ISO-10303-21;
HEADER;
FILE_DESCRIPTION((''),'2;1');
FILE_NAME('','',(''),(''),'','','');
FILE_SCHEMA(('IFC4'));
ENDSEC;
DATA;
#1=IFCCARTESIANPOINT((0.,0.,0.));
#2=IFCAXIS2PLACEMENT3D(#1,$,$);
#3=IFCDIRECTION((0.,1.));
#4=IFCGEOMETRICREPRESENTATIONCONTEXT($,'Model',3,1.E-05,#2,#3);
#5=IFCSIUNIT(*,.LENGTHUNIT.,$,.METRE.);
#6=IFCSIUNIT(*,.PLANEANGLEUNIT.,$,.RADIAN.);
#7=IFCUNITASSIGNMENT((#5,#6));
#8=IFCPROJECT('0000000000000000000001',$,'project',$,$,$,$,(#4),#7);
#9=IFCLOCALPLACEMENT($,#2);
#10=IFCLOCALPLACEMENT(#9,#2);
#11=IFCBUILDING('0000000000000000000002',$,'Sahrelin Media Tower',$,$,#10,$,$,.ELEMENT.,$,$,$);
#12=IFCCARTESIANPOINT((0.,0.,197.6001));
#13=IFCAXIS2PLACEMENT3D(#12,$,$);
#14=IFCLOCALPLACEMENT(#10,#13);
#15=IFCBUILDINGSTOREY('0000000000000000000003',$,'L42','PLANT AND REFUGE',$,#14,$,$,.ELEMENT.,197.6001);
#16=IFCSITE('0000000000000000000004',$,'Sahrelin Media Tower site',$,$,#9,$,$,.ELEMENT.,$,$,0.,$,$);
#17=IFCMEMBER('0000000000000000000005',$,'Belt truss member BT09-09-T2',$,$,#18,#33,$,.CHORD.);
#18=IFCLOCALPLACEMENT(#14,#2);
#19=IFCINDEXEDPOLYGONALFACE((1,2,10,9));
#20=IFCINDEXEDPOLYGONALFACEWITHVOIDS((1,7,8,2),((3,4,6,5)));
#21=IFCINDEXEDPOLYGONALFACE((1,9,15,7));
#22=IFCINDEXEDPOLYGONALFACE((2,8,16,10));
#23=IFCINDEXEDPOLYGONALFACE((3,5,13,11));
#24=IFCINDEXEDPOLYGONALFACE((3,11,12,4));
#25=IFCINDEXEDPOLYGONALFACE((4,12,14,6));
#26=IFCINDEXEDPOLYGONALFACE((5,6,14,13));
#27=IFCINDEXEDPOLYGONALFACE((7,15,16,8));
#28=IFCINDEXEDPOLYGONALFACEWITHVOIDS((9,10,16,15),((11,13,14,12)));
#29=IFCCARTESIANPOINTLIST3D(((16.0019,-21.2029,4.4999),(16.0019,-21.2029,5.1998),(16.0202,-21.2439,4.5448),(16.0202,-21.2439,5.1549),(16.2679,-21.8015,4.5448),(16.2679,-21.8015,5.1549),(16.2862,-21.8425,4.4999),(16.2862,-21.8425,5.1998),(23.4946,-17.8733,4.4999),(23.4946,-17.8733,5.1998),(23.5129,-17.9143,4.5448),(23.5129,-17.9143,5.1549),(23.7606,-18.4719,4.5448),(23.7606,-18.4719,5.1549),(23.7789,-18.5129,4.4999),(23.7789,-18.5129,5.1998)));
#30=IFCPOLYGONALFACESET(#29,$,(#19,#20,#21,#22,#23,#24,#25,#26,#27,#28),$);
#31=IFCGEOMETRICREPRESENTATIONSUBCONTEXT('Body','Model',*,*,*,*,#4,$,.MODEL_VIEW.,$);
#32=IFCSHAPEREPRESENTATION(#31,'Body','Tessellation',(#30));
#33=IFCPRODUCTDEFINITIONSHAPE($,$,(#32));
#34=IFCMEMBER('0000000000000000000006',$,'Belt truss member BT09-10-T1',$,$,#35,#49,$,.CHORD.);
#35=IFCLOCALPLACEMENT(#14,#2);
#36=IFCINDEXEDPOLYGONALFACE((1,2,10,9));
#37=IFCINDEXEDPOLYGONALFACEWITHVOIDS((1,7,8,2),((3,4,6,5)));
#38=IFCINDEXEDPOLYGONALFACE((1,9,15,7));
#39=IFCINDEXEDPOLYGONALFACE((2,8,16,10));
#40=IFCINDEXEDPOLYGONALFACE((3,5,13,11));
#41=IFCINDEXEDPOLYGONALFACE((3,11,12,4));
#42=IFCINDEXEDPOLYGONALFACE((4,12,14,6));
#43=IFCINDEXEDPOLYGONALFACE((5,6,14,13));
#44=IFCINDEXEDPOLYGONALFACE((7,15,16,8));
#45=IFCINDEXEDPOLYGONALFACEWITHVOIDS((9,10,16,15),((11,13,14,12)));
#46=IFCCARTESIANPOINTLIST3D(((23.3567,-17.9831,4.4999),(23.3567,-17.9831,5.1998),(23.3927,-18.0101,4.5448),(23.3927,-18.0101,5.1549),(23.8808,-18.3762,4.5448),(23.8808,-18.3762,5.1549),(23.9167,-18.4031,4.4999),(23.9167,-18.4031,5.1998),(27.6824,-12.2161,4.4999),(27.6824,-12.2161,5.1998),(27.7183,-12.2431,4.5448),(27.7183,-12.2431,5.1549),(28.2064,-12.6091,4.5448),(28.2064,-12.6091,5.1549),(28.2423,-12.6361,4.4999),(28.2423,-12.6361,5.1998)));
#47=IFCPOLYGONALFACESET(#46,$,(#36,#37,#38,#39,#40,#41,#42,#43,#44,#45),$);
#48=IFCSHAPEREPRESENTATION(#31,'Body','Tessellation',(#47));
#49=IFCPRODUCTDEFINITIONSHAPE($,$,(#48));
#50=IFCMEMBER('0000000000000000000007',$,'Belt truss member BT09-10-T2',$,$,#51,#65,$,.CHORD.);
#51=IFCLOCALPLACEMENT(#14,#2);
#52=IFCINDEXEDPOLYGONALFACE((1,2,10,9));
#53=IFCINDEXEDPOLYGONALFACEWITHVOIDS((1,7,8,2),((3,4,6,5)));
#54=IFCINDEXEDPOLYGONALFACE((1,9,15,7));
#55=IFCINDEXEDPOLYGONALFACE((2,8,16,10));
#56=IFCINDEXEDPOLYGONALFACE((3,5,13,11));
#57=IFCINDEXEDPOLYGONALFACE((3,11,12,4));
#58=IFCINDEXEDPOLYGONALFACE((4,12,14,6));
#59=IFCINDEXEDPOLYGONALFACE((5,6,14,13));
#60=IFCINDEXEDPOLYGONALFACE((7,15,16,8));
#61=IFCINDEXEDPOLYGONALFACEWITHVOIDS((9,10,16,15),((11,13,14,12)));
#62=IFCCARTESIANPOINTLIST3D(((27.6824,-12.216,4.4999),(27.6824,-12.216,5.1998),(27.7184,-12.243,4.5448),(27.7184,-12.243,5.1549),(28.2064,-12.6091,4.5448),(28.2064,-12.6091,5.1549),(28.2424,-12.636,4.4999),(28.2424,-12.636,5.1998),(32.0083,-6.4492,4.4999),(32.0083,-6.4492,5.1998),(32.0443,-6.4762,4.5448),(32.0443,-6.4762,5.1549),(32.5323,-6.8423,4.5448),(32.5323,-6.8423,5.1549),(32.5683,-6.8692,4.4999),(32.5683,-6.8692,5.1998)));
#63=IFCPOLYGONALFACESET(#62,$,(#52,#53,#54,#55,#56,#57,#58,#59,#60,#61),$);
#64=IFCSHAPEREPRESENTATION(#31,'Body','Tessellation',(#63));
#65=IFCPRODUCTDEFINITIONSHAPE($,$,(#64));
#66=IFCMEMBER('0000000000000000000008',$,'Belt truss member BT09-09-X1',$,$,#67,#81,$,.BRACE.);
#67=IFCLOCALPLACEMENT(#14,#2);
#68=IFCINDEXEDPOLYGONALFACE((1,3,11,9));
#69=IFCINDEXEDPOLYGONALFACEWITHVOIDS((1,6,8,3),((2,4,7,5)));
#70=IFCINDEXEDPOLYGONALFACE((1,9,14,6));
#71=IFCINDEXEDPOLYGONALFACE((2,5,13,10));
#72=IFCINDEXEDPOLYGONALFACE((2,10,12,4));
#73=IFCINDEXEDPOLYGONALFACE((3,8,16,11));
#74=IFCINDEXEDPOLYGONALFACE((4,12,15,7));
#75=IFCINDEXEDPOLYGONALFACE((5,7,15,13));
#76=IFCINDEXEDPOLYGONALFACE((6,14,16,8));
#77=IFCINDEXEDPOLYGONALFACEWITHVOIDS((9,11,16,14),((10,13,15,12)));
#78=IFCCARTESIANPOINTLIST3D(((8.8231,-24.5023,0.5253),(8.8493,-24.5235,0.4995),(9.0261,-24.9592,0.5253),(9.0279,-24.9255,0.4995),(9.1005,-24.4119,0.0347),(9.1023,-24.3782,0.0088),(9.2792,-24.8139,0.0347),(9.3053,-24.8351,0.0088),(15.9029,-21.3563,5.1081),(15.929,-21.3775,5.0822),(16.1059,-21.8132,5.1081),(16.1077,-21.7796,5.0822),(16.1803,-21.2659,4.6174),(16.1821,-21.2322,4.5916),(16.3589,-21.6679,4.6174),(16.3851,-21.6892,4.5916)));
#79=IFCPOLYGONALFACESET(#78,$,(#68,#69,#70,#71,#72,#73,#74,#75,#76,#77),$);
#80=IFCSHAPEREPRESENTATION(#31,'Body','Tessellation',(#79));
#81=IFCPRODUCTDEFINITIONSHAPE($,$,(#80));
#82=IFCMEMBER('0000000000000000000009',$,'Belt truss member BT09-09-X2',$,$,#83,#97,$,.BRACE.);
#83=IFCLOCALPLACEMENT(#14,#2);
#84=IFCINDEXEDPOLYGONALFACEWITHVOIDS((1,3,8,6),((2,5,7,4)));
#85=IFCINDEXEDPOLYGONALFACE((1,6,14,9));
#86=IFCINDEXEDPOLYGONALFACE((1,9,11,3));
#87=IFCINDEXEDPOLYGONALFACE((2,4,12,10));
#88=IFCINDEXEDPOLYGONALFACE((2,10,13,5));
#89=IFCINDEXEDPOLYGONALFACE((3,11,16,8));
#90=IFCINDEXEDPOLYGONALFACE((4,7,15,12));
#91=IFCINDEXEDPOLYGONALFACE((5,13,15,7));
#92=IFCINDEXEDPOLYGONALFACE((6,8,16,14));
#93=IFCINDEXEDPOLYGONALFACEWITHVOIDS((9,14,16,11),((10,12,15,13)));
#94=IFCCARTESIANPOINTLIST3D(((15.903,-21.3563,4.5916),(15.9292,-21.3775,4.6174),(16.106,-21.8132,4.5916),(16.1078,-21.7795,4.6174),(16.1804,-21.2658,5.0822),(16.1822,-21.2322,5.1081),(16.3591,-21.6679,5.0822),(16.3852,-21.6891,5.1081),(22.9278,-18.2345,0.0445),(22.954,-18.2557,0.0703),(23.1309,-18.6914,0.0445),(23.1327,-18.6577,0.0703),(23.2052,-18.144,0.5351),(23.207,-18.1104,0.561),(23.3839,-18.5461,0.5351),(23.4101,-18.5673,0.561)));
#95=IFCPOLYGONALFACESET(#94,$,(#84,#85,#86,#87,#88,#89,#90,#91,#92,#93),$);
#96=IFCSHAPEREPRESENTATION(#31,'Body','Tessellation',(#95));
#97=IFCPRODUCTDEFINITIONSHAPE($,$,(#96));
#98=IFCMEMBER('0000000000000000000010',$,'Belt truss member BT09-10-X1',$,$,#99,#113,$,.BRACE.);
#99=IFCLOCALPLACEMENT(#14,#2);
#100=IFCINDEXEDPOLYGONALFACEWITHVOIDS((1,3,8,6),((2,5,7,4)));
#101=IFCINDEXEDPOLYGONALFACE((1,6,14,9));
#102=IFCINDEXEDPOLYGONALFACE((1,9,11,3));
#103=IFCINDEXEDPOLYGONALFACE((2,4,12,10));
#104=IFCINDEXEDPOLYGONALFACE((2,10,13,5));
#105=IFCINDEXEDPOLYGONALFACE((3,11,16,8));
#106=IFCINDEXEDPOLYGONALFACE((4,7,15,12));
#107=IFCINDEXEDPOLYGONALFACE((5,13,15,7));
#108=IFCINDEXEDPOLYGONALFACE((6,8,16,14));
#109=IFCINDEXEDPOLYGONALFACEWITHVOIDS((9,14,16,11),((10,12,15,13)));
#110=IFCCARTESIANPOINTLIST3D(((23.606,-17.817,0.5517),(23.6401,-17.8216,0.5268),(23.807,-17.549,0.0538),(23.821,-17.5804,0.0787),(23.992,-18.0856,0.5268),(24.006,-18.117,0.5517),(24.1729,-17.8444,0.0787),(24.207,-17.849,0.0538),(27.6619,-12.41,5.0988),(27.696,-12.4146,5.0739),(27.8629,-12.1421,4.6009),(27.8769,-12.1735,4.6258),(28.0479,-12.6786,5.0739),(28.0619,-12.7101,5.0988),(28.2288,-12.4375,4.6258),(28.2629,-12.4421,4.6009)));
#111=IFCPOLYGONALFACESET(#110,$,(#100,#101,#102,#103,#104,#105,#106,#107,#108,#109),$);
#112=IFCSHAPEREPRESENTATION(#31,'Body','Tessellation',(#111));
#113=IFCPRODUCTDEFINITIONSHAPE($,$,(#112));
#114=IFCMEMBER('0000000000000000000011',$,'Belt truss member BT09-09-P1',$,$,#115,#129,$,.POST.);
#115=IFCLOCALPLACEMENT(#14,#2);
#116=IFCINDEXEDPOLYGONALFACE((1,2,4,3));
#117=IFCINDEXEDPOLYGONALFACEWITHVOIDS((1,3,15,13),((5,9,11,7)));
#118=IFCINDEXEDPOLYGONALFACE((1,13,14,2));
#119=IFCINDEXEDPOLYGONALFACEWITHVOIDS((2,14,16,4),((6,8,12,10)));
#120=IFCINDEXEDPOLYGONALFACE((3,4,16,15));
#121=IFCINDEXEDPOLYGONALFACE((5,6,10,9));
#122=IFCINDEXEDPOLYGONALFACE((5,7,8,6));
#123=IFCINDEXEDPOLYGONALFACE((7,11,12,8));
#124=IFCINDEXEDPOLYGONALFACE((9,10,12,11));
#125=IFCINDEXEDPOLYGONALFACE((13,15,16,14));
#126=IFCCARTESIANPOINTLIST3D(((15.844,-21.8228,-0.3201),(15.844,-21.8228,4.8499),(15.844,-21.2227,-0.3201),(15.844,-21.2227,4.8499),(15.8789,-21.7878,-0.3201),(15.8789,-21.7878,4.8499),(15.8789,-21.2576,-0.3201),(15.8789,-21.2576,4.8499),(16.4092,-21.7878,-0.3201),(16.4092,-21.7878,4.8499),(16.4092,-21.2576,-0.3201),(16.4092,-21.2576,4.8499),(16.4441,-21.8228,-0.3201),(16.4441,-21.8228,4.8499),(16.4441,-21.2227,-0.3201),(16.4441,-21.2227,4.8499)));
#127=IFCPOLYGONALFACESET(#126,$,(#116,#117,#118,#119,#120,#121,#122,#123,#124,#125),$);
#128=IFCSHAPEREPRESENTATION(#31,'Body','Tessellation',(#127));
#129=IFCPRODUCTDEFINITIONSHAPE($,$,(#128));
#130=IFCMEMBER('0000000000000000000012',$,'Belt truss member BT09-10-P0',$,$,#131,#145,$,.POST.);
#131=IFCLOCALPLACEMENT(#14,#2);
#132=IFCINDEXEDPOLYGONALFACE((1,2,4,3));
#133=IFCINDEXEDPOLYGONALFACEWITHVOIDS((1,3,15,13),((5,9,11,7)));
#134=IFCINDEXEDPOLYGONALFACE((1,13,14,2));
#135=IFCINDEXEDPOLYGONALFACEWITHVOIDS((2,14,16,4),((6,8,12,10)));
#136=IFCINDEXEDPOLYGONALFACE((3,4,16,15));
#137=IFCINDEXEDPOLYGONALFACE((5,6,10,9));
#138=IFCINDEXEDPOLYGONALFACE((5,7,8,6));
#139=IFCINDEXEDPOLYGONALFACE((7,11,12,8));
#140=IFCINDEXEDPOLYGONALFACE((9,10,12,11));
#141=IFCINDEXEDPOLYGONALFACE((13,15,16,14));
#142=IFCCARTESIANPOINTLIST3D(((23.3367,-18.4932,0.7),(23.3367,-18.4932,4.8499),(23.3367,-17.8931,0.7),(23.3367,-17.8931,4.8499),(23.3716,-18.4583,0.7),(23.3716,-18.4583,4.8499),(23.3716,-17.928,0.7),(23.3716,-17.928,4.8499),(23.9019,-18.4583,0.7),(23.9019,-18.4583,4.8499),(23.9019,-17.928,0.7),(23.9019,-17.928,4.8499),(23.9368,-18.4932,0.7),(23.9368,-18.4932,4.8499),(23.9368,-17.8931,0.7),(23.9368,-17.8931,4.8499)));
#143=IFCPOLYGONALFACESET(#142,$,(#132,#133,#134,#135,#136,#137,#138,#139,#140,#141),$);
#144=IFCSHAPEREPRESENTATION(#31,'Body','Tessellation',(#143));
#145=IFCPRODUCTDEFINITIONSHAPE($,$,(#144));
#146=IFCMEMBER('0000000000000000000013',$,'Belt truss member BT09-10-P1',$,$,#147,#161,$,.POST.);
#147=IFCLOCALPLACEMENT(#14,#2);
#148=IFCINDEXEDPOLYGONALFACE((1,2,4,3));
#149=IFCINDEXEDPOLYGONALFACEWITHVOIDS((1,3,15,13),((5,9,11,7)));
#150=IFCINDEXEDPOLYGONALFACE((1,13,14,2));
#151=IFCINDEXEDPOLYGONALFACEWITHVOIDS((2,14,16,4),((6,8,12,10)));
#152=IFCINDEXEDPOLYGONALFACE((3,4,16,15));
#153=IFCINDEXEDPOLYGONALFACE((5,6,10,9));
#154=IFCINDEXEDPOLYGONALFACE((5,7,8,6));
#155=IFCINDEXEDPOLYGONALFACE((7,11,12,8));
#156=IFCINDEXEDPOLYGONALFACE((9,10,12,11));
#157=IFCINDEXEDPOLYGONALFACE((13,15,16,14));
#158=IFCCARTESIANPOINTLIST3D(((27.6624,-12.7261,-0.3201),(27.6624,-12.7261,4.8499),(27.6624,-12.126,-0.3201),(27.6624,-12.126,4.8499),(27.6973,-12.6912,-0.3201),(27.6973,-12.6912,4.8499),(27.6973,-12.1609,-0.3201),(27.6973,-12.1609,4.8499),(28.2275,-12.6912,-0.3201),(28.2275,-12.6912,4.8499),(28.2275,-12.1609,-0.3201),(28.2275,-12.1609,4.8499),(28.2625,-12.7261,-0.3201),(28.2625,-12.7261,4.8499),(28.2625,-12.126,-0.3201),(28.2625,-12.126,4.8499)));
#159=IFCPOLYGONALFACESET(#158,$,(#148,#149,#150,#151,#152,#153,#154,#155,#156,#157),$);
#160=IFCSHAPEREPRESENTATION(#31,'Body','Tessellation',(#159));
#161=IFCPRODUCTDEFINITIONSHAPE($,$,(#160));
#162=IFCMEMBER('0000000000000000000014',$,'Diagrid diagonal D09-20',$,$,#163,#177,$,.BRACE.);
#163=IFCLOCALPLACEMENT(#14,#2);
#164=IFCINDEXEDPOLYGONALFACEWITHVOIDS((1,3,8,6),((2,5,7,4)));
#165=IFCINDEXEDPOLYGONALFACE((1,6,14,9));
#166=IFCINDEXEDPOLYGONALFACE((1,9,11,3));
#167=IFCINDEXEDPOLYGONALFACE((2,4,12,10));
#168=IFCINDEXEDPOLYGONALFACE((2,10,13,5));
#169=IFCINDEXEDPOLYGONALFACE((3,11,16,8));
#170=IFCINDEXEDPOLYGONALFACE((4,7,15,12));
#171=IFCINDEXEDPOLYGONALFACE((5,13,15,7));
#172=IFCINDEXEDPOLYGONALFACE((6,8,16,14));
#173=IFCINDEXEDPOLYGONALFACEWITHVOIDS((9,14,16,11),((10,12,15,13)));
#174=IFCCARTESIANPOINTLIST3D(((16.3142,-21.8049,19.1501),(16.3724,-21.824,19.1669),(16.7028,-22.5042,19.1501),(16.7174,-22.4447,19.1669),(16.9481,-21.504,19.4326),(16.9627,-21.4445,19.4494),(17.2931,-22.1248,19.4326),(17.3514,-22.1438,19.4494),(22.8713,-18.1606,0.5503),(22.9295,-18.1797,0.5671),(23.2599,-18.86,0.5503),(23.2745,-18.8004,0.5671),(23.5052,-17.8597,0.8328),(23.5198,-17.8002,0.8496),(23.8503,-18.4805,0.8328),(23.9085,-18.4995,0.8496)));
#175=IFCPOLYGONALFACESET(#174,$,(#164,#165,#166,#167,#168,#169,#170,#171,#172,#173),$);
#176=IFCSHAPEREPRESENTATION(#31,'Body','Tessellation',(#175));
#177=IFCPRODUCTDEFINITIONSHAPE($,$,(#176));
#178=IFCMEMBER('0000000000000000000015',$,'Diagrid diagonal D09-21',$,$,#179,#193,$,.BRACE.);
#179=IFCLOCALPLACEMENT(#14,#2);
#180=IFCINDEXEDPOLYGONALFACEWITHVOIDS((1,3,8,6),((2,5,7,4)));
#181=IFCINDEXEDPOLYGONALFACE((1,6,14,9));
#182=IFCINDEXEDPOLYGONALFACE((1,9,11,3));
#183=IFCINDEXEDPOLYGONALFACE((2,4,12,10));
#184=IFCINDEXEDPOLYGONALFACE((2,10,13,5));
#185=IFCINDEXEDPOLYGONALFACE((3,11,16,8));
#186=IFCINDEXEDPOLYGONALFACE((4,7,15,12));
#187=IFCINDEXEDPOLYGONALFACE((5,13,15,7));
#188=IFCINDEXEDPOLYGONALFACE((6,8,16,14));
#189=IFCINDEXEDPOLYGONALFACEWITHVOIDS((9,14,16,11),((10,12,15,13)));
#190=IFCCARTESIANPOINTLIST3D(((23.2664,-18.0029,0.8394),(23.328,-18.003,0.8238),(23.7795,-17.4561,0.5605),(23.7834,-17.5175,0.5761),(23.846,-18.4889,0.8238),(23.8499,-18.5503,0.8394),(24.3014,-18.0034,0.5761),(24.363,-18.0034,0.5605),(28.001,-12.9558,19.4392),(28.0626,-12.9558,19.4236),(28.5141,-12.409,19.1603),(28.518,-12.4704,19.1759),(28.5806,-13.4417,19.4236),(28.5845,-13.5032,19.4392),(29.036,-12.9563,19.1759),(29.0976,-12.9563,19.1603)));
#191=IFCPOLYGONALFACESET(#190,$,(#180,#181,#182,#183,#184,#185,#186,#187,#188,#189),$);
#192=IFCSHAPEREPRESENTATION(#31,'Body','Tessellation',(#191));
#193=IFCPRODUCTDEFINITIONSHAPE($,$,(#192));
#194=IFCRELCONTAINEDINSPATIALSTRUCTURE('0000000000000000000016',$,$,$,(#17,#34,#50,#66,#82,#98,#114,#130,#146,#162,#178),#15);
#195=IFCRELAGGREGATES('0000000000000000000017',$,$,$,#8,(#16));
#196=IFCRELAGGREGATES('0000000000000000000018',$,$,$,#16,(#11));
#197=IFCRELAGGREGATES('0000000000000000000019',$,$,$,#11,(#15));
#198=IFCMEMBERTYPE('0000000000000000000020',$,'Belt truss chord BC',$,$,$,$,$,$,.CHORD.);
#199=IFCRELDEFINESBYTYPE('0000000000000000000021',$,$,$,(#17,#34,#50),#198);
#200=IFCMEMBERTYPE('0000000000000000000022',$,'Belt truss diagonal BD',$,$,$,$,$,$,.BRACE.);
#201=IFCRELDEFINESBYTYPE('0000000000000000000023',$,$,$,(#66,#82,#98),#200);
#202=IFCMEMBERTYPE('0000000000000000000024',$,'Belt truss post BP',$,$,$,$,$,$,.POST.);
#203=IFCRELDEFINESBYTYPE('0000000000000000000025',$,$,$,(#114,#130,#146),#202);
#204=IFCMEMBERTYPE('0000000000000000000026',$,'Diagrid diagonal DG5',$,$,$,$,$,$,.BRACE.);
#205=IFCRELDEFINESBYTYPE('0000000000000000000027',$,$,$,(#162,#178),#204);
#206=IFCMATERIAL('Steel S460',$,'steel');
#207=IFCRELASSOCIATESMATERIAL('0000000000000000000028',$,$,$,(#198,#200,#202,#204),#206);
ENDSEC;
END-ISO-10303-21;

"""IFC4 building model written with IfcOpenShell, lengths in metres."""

from ifc_helpers import new_model, si_unit, direction, frame, origin, origin_2d, place, context, subcontext, project, spatial, hollow_rectangle, extrude, material, material_profile, profile_set, type_object, element, save


model = new_model("IFC4")

# Units and contexts
model_context = context("Model", 3, precision=1e-05, world=origin(), true_north=direction((0.0, 1.0)))
body_context = subcontext(model_context, "Body", "Model", "MODEL_VIEW")
ifc_project = project(units=[si_unit("LENGTHUNIT", "METRE"), si_unit("PLANEANGLEUNIT", "RADIAN")], contexts=[model_context])

# Site, building, storey
site_placement = place(None, origin())
site = spatial("IfcSite", under=ifc_project, at=site_placement, Name="Sahrelin Media Tower site", CompositionType="ELEMENT", RefElevation=0.0)
building_placement = place(site_placement, origin())
building = spatial("IfcBuilding", under=site, at=building_placement, Name="Sahrelin Media Tower", CompositionType="ELEMENT")
storey_placement = place(building_placement, frame((0.0, 0.0, 197.6001)))
storey = spatial("IfcBuildingStorey", under=building, at=storey_placement, Name="L42", Description="PLANT AND REFUGE", CompositionType="ELEMENT", Elevation=197.6001)

# Members
ifc_material_1 = material(Name="Steel S460", Category="steel")
ifc_material_profile_1 = material_profile(ifc_material_1, hollow_rectangle(XDim=0.7, YDim=0.7, WallThickness=0.0449, at=origin_2d()), Name="Belt truss chord BC")
ifc_profile_set_1 = profile_set([ifc_material_profile_1], Name="Steel S460")
member_type_1 = type_object("IfcMemberType", Name="Belt truss chord BC", PredefinedType="CHORD", material=ifc_profile_set_1)
member_1_placement = place(storey_placement, frame((16.144, -21.5227, 4.8499), z_axis=(0.913834, 0.406089, 0.0), x_axis=(-0.406089, 0.913834, 0.0)))
element("IfcMember", 1, at=member_1_placement, inside=storey, type_object=member_type_1, Name="Belt truss member BT09-09-T2", PredefinedType="CHORD", context=body_context, shape_type="SweptSolid", body=[
    extrude(hollow_rectangle(XDim=0.7, YDim=0.7, WallThickness=0.0449, at=origin_2d()), origin(), (0.0, 0.0, 1.0), 8.1992),
])
for number, where, z_axis, x_axis, name in (
    (2, (23.6367, -18.1931, 4.8499), (0.600033, 0.799976, 0.0), (-0.799976, 0.600033, 0.0), "Belt truss member BT09-10-T1"),
    (3, (27.9624, -12.426, 4.8499), (0.60007, 0.799947, 0.0), (-0.799947, 0.60007, 0.0), "Belt truss member BT09-10-T2"),
):
    element("IfcMember", number, at=place(storey_placement, frame(where, z_axis=z_axis, x_axis=x_axis)), inside=storey, type_object=member_type_1, Name=name, PredefinedType="CHORD", context=body_context, shape_type="SweptSolid", body=[
        extrude(hollow_rectangle(XDim=0.7, YDim=0.7, WallThickness=0.0449, at=origin_2d()), origin(), (0.0, 0.0, 1.0), 7.209),
    ])
ifc_material_profile_2 = material_profile(ifc_material_1, hollow_rectangle(XDim=0.5, YDim=0.6001, WallThickness=0.03, at=origin_2d()), Name="Belt truss diagonal BD")
ifc_profile_set_2 = profile_set([ifc_material_profile_2], Name="Steel S460")
member_type_2 = type_object("IfcMemberType", Name="Belt truss diagonal BD", PredefinedType="BRACE", material=ifc_profile_set_2)
member_2_placement = place(storey_placement, frame((9.0642, -24.6687, 0.2671), z_axis=(0.786536, 0.349505, 0.509123), x_axis=(-0.406074, 0.91384, 0.0)))
element("IfcMember", 4, at=member_2_placement, inside=storey, type_object=member_type_2, Name="Belt truss member BT09-09-X1", PredefinedType="BRACE", context=body_context, shape_type="SweptSolid", body=[
    extrude(hollow_rectangle(XDim=0.5, YDim=0.6001, WallThickness=0.03, at=origin_2d()), origin(), (0.0, 0.0, 1.0), 9.0012),
])
member_3_placement = place(storey_placement, frame((23.1689, -18.4009, 0.3027), z_axis=(-0.786533, -0.349531, 0.509111), x_axis=(0.4061, -0.913829, 0.0)))
element("IfcMember", 5, at=member_3_placement, inside=storey, type_object=member_type_2, Name="Belt truss member BT09-09-X2", PredefinedType="BRACE", context=body_context, shape_type="SweptSolid", body=[
    extrude(hollow_rectangle(XDim=0.5, YDim=0.6001, WallThickness=0.03, at=origin_2d()), origin(), (0.0, 0.0, 1.0), 8.9314),
])
member_4_placement = place(storey_placement, frame((23.9065, -17.833, 0.3027), z_axis=(0.497884, 0.663735, 0.558182), x_axis=(-0.799952, 0.600064, 0.0)))
element("IfcMember", 6, at=member_4_placement, inside=storey, type_object=member_type_2, Name="Belt truss member BT09-10-X1", PredefinedType="BRACE", context=body_context, shape_type="SweptSolid", body=[
    extrude(hollow_rectangle(XDim=0.5, YDim=0.6001, WallThickness=0.03, at=origin_2d()), origin(), (0.0, 0.0, 1.0), 8.1462),
])
ifc_material_profile_3 = material_profile(ifc_material_1, hollow_rectangle(XDim=0.6001, YDim=0.6001, WallThickness=0.0349, at=origin_2d()), Name="Belt truss post BP")
ifc_profile_set_3 = profile_set([ifc_material_profile_3], Name="Steel S460")
member_type_3 = type_object("IfcMemberType", Name="Belt truss post BP", PredefinedType="POST", material=ifc_profile_set_3)
member_5_placement = place(storey_placement, frame((16.144, -21.5227, -0.3201), z_axis=(0.0, 0.0, 1.0), x_axis=(1.0, 0.0, 0.0)))
element("IfcMember", 7, at=member_5_placement, inside=storey, type_object=member_type_3, Name="Belt truss member BT09-09-P1", PredefinedType="POST", context=body_context, shape_type="SweptSolid", body=[
    extrude(hollow_rectangle(XDim=0.6001, YDim=0.6001, WallThickness=0.0349, at=origin_2d()), origin(), (0.0, 0.0, 1.0), 5.1699),
])
member_6_placement = place(storey_placement, frame((23.6367, -18.1931, 0.7), z_axis=(0.0, 0.0, 1.0), x_axis=(1.0, 0.0, 0.0)))
element("IfcMember", 8, at=member_6_placement, inside=storey, type_object=member_type_3, Name="Belt truss member BT09-10-P0", PredefinedType="POST", context=body_context, shape_type="SweptSolid", body=[
    extrude(hollow_rectangle(XDim=0.6001, YDim=0.6001, WallThickness=0.0349, at=origin_2d()), origin(), (0.0, 0.0, 1.0), 4.1499),
])
member_7_placement = place(storey_placement, frame((27.9624, -12.426, -0.3201), z_axis=(0.0, 0.0, 1.0), x_axis=(1.0, 0.0, 0.0)))
element("IfcMember", 9, at=member_7_placement, inside=storey, type_object=member_type_3, Name="Belt truss member BT09-10-P1", PredefinedType="POST", context=body_context, shape_type="SweptSolid", body=[
    extrude(hollow_rectangle(XDim=0.6001, YDim=0.6001, WallThickness=0.0349, at=origin_2d()), origin(), (0.0, 0.0, 1.0), 5.1699),
])
ifc_material_profile_4 = material_profile(ifc_material_1, hollow_rectangle(XDim=0.8, YDim=0.8, WallThickness=0.0449, at=origin_2d()), Name="Diagrid diagonal DG5")
ifc_profile_set_4 = profile_set([ifc_material_profile_4], Name="Steel S460")
member_type_4 = type_object("IfcMemberType", Name="Diagrid diagonal DG5", PredefinedType="BRACE", material=ifc_profile_set_4)
member_8_placement = place(storey_placement, frame((23.3899, -18.3301, 0.7), z_axis=(-0.326946, -0.181708, 0.92741), x_axis=(0.485789, -0.874076, 0.0)))
element("IfcMember", 10, at=member_8_placement, inside=storey, type_object=member_type_4, Name="Diagrid diagonal D09-20", PredefinedType="BRACE", context=body_context, shape_type="SweptSolid", body=[
    extrude(hollow_rectangle(XDim=0.8, YDim=0.8, WallThickness=0.0449, at=origin_2d()), origin(), (0.0, 0.0, 1.0), 20.0557),
])
member_9_placement = place(storey_placement, frame((23.8147, -18.0032, 0.7), z_axis=(0.238574, 0.25432, 0.937232), x_axis=(-0.729325, 0.684168, 0.0)))
element("IfcMember", 11, at=member_9_placement, inside=storey, type_object=member_type_4, Name="Diagrid diagonal D09-21", PredefinedType="BRACE", context=body_context, shape_type="SweptSolid", body=[
    extrude(hollow_rectangle(XDim=0.8, YDim=0.8, WallThickness=0.0449, at=origin_2d()), origin(), (0.0, 0.0, 1.0), 19.8455),
])

save(model, "model.ifc")
